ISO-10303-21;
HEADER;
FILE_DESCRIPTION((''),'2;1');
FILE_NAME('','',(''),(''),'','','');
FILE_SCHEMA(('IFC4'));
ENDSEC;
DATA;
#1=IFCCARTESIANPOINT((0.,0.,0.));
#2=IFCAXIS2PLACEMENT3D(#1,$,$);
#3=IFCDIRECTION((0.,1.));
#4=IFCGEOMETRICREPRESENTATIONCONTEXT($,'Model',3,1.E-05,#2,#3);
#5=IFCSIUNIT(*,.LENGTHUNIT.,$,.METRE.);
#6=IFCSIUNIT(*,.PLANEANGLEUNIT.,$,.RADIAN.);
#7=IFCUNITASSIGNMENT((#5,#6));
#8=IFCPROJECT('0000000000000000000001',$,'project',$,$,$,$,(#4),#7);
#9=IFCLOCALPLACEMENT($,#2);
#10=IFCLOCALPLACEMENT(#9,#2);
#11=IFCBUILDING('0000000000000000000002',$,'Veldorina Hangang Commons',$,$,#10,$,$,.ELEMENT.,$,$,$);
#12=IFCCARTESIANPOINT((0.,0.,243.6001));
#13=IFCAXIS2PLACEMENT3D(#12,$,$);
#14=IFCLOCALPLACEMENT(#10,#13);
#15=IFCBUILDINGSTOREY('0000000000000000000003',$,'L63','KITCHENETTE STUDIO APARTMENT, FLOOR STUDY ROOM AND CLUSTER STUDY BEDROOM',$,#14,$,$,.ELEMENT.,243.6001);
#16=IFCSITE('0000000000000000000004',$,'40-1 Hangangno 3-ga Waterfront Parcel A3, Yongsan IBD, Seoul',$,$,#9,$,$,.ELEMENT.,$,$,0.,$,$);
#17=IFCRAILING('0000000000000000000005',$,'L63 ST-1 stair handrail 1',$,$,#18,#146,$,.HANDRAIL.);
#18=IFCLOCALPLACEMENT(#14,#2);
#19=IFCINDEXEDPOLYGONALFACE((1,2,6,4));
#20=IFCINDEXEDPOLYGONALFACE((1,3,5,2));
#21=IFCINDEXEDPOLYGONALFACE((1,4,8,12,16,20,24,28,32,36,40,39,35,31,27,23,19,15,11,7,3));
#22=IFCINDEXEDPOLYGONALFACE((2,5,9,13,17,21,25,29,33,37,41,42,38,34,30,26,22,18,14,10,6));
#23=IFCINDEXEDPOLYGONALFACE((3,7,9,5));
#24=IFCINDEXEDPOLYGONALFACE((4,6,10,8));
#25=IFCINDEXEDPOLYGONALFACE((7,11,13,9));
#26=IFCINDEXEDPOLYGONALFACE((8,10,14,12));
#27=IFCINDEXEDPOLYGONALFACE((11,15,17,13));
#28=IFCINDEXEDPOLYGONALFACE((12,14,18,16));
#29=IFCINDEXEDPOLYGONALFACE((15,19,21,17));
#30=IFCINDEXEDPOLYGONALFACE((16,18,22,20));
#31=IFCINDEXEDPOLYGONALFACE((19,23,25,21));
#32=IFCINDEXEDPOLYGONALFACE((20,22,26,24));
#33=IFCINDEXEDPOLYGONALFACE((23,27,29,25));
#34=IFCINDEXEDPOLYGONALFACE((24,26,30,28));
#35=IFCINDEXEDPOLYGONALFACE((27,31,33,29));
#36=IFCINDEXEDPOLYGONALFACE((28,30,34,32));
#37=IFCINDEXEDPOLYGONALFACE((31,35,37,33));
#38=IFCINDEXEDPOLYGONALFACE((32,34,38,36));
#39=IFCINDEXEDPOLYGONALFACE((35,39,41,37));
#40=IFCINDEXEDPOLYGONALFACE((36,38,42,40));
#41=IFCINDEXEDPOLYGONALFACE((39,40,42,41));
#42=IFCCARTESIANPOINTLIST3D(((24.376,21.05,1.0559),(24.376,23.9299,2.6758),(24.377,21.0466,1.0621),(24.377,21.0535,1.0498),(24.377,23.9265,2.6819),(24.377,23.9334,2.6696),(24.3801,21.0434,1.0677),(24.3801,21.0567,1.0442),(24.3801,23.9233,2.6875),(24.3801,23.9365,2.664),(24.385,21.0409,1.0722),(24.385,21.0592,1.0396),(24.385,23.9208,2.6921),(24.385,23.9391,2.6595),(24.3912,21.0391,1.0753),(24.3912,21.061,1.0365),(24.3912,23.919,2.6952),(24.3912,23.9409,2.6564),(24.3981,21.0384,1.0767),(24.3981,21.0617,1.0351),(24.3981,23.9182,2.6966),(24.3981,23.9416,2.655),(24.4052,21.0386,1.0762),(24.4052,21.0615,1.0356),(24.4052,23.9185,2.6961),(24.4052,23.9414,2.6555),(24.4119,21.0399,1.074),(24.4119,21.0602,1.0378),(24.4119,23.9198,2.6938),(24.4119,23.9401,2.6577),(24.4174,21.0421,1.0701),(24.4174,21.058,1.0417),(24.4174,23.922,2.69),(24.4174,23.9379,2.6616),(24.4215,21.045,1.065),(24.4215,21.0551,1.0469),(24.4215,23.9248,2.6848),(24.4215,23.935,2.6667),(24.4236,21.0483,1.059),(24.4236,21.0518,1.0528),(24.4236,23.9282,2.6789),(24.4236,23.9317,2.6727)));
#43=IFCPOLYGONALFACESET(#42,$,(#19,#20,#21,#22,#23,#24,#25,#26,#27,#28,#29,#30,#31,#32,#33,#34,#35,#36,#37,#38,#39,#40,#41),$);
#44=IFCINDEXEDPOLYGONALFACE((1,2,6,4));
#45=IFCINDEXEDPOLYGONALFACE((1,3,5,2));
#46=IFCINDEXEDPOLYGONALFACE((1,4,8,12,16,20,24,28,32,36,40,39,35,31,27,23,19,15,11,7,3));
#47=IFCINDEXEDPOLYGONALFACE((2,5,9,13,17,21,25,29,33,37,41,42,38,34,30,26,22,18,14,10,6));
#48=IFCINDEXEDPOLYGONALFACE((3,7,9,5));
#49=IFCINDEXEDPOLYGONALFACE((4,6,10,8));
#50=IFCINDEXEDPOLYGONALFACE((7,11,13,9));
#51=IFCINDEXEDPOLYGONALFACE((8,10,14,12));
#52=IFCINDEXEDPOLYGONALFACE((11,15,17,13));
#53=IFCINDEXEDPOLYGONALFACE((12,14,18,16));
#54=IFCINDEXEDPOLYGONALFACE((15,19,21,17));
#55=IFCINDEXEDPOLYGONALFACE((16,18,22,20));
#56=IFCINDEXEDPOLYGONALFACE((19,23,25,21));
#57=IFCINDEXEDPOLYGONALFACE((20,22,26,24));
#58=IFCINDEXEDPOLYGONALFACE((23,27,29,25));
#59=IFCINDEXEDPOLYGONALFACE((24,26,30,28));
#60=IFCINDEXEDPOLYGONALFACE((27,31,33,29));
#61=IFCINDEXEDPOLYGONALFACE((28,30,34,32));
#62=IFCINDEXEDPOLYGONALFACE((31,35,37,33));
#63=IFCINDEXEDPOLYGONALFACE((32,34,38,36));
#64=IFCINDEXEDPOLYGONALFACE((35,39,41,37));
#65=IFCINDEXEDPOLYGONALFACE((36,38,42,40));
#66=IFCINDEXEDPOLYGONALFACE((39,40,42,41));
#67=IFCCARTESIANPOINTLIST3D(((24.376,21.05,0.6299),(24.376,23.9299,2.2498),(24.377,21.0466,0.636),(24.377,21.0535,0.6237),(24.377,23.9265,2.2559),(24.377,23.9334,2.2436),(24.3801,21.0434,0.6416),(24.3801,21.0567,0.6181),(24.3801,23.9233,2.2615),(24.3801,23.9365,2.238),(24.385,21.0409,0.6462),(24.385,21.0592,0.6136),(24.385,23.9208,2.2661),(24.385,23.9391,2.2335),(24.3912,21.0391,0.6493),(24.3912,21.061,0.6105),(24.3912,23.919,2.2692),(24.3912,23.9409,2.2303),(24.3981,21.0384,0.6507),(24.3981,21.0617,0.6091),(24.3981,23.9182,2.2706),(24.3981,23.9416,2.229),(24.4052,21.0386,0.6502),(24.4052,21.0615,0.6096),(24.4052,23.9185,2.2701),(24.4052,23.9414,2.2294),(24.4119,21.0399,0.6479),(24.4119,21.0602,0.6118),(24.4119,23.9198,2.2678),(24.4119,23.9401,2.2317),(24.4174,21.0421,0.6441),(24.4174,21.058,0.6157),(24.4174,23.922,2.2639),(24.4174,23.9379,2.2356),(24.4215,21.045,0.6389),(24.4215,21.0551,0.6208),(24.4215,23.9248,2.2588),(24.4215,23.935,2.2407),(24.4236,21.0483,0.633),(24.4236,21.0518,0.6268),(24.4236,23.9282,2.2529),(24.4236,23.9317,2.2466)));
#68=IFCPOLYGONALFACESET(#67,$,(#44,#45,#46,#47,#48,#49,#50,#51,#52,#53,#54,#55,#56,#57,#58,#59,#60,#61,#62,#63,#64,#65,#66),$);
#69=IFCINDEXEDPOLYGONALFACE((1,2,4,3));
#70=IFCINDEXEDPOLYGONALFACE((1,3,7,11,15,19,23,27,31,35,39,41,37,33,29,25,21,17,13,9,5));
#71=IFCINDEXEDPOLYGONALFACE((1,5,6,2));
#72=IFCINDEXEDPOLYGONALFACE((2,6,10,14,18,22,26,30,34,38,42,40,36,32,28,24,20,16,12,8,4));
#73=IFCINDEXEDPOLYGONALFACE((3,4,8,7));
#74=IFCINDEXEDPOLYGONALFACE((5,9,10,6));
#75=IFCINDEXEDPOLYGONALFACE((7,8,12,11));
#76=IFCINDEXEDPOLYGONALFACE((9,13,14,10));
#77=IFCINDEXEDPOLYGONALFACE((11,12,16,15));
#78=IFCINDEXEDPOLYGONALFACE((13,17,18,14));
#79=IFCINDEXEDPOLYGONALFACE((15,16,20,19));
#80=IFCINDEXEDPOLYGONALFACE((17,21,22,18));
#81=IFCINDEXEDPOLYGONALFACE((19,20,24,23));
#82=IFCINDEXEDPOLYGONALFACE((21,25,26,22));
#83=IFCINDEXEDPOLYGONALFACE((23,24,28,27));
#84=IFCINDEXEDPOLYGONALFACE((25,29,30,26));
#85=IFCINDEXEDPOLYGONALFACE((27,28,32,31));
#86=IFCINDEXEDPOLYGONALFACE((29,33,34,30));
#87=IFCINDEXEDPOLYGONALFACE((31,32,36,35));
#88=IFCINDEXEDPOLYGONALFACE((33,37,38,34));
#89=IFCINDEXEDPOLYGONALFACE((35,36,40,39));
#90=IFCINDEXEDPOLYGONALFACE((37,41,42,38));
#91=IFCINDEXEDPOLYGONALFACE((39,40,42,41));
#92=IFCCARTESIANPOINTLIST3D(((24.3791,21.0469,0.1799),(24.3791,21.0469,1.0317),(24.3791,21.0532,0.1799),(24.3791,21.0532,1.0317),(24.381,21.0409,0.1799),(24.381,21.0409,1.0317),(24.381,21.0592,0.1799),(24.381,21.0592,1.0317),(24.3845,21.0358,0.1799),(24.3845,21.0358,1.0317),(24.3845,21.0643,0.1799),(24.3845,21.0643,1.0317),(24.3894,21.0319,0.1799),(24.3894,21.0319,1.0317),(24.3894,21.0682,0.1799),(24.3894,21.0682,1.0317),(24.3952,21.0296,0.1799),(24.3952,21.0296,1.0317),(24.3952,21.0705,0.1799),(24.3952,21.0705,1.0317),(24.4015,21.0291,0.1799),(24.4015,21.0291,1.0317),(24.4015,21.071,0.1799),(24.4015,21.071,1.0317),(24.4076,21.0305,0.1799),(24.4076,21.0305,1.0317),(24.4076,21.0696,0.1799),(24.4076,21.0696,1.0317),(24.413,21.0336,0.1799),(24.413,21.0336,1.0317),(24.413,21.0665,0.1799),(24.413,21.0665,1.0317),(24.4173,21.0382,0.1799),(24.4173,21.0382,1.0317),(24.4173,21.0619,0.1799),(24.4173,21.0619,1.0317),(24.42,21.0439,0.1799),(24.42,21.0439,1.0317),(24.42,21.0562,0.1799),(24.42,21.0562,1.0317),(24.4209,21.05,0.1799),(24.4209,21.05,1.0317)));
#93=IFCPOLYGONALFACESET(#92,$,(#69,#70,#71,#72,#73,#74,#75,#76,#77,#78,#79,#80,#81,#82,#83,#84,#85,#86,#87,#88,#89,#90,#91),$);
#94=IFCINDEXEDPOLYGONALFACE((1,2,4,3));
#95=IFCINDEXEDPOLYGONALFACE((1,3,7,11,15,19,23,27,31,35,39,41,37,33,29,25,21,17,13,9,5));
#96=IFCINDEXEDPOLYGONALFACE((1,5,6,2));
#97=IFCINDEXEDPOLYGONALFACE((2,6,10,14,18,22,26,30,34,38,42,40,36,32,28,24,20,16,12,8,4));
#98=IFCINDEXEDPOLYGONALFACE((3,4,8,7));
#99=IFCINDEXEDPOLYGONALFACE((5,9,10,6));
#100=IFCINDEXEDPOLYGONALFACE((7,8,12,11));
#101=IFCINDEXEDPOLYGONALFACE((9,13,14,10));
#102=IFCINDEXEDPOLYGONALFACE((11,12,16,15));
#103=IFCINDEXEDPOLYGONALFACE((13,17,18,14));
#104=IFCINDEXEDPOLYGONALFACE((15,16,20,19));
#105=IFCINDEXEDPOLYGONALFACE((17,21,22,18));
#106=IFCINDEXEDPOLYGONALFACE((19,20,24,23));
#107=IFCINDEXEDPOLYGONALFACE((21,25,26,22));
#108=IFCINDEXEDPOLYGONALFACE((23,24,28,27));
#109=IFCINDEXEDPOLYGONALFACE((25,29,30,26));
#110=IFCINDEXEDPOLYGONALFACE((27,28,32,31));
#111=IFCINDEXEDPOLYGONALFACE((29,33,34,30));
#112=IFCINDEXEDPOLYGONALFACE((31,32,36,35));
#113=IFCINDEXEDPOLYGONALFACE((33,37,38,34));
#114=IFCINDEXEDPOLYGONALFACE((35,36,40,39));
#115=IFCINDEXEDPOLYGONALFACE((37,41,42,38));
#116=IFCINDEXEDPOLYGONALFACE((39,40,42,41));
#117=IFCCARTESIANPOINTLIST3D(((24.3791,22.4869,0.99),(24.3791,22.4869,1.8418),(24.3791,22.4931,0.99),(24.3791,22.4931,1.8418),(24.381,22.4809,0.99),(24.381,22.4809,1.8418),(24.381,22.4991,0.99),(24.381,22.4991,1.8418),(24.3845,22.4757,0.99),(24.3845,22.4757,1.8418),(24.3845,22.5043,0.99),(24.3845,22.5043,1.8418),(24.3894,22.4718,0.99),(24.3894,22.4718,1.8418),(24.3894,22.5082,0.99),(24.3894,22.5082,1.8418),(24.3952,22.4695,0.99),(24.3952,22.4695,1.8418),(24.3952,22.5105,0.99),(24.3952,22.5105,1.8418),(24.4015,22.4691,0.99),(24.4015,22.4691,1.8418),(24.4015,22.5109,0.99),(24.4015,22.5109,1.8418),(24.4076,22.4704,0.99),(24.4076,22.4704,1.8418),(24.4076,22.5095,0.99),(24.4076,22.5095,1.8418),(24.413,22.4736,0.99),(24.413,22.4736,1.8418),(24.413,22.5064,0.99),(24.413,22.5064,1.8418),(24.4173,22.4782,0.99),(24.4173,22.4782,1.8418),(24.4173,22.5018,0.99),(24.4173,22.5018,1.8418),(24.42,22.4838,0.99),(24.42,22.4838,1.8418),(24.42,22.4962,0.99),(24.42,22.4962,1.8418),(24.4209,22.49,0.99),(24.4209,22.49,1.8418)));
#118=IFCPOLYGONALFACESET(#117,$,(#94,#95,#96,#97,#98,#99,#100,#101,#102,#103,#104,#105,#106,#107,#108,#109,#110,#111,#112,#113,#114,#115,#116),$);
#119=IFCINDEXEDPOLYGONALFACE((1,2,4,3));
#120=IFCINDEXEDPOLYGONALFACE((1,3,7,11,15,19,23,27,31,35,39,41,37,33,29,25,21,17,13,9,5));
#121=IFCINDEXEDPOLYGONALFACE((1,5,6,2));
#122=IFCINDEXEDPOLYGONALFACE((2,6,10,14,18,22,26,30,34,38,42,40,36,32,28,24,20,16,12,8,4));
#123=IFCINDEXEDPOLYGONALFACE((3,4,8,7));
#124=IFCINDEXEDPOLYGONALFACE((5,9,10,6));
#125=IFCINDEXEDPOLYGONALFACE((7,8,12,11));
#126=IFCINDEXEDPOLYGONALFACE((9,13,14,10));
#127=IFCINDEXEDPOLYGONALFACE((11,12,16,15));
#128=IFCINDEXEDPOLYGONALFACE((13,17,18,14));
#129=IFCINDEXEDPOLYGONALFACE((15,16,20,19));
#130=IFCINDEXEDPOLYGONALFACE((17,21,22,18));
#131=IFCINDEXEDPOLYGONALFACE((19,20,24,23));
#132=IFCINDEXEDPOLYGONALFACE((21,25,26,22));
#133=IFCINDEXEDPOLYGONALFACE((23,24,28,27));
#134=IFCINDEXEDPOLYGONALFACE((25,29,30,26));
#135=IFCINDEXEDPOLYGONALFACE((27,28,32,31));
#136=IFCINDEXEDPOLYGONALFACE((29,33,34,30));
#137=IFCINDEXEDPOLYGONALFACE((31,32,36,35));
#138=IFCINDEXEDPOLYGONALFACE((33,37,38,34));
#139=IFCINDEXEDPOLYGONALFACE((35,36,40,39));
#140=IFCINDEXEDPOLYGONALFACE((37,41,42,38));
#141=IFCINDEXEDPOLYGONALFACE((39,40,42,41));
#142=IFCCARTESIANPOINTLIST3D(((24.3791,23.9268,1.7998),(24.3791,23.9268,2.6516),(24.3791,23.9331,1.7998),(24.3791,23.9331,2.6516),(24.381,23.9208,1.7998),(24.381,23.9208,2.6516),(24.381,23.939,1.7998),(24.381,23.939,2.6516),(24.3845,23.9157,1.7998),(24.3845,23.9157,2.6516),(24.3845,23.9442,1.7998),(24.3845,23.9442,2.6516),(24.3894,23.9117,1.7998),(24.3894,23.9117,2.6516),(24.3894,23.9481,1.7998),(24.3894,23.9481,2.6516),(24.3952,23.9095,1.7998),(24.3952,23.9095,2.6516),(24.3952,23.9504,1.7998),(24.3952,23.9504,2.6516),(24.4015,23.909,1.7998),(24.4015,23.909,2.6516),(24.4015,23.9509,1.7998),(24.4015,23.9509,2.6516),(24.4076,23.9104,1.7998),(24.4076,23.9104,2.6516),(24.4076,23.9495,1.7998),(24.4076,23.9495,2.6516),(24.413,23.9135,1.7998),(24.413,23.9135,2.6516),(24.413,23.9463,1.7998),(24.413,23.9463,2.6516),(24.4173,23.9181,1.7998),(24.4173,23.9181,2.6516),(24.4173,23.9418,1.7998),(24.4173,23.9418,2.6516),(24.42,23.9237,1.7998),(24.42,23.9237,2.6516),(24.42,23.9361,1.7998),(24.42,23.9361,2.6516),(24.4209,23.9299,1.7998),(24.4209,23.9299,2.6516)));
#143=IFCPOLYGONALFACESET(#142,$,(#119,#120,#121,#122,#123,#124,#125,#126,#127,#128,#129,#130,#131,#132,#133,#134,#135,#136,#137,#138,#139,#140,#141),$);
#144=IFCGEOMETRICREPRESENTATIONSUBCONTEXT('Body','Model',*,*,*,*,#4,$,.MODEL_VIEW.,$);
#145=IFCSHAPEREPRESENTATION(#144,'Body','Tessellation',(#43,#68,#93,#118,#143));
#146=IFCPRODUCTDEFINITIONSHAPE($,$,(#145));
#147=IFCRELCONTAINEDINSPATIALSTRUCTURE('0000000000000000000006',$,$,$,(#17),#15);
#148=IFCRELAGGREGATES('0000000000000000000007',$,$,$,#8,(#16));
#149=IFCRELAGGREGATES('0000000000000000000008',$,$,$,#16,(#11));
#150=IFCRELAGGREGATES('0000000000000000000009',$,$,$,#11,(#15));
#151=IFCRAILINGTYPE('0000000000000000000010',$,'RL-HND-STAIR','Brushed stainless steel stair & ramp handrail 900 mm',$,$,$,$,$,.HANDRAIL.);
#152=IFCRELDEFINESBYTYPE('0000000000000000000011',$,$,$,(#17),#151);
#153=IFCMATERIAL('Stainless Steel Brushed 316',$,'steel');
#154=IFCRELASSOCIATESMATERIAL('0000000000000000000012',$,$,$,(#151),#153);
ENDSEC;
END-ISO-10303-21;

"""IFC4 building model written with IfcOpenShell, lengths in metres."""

from ifc_helpers import new_model, si_unit, direction, frame, origin, origin_2d, place, context, subcontext, project, spatial, circle, extrude, material, type_object, element, save


model = new_model("IFC4")

# Units and contexts
model_context = context("Model", 3, precision=1e-05, world=origin(), true_north=direction((0.0, 1.0)))
body_context = subcontext(model_context, "Body", "Model", "MODEL_VIEW")
ifc_project = project(units=[si_unit("LENGTHUNIT", "METRE"), si_unit("PLANEANGLEUNIT", "RADIAN")], contexts=[model_context])

# Site, building, storey
site_placement = place(None, origin())
site = spatial("IfcSite", under=ifc_project, at=site_placement, Name="40-1 Hangangno 3-ga Waterfront Parcel A3, Yongsan IBD, Seoul", CompositionType="ELEMENT", RefElevation=0.0)
building_placement = place(site_placement, origin())
building = spatial("IfcBuilding", under=site, at=building_placement, Name="Veldorina Hangang Commons", CompositionType="ELEMENT")
storey_placement = place(building_placement, frame((0.0, 0.0, 243.6001)))
storey = spatial("IfcBuildingStorey", under=building, at=storey_placement, Name="L63", Description="KITCHENETTE STUDIO APARTMENT, FLOOR STUDY ROOM AND CLUSTER STUDY BEDROOM", CompositionType="ELEMENT", Elevation=243.6001)

# Railing
ifc_material_1 = material(Name="Stainless Steel Brushed 316", Category="steel")
railing_type = type_object("IfcRailingType", Name="RL-HND-STAIR", Description="Brushed stainless steel stair & ramp handrail 900 mm", PredefinedType="HANDRAIL", material=ifc_material_1)
railing_placement = place(storey_placement, frame((24.3999, 21.05, 0.1799)))
element("IfcRailing", 1, at=railing_placement, inside=storey, type_object=railing_type, Name="L63 ST-1 stair handrail 1", PredefinedType="HANDRAIL", context=body_context, shape_type="SweptSolid", body=[
    extrude(circle(Radius=0.0239, at=origin_2d()), frame((0.0, 0.0, 0.876), z_axis=(0.0, 0.871583, 0.490247), x_axis=(-1.0, 0.0, 0.0)), (0.0, 0.0, 1.0), 3.3042),
    extrude(circle(Radius=0.0239, at=origin_2d()), frame((0.0, 0.0, 0.45), z_axis=(0.0, 0.871583, 0.490247), x_axis=(-1.0, 0.0, 0.0)), (0.0, 0.0, 1.0), 3.3042),
    extrude(circle(Radius=0.021, at=origin_2d()), origin(), (0.0, 0.0, 1.0), 0.8518),
    extrude(circle(Radius=0.021, at=origin_2d()), frame((0.0, 1.4399, 0.8101)), (0.0, 0.0, 1.0), 0.8518),
    extrude(circle(Radius=0.021, at=origin_2d()), frame((0.0, 2.8799, 1.6199)), (0.0, 0.0, 1.0), 0.8518),
])

save(model, "model.ifc")
